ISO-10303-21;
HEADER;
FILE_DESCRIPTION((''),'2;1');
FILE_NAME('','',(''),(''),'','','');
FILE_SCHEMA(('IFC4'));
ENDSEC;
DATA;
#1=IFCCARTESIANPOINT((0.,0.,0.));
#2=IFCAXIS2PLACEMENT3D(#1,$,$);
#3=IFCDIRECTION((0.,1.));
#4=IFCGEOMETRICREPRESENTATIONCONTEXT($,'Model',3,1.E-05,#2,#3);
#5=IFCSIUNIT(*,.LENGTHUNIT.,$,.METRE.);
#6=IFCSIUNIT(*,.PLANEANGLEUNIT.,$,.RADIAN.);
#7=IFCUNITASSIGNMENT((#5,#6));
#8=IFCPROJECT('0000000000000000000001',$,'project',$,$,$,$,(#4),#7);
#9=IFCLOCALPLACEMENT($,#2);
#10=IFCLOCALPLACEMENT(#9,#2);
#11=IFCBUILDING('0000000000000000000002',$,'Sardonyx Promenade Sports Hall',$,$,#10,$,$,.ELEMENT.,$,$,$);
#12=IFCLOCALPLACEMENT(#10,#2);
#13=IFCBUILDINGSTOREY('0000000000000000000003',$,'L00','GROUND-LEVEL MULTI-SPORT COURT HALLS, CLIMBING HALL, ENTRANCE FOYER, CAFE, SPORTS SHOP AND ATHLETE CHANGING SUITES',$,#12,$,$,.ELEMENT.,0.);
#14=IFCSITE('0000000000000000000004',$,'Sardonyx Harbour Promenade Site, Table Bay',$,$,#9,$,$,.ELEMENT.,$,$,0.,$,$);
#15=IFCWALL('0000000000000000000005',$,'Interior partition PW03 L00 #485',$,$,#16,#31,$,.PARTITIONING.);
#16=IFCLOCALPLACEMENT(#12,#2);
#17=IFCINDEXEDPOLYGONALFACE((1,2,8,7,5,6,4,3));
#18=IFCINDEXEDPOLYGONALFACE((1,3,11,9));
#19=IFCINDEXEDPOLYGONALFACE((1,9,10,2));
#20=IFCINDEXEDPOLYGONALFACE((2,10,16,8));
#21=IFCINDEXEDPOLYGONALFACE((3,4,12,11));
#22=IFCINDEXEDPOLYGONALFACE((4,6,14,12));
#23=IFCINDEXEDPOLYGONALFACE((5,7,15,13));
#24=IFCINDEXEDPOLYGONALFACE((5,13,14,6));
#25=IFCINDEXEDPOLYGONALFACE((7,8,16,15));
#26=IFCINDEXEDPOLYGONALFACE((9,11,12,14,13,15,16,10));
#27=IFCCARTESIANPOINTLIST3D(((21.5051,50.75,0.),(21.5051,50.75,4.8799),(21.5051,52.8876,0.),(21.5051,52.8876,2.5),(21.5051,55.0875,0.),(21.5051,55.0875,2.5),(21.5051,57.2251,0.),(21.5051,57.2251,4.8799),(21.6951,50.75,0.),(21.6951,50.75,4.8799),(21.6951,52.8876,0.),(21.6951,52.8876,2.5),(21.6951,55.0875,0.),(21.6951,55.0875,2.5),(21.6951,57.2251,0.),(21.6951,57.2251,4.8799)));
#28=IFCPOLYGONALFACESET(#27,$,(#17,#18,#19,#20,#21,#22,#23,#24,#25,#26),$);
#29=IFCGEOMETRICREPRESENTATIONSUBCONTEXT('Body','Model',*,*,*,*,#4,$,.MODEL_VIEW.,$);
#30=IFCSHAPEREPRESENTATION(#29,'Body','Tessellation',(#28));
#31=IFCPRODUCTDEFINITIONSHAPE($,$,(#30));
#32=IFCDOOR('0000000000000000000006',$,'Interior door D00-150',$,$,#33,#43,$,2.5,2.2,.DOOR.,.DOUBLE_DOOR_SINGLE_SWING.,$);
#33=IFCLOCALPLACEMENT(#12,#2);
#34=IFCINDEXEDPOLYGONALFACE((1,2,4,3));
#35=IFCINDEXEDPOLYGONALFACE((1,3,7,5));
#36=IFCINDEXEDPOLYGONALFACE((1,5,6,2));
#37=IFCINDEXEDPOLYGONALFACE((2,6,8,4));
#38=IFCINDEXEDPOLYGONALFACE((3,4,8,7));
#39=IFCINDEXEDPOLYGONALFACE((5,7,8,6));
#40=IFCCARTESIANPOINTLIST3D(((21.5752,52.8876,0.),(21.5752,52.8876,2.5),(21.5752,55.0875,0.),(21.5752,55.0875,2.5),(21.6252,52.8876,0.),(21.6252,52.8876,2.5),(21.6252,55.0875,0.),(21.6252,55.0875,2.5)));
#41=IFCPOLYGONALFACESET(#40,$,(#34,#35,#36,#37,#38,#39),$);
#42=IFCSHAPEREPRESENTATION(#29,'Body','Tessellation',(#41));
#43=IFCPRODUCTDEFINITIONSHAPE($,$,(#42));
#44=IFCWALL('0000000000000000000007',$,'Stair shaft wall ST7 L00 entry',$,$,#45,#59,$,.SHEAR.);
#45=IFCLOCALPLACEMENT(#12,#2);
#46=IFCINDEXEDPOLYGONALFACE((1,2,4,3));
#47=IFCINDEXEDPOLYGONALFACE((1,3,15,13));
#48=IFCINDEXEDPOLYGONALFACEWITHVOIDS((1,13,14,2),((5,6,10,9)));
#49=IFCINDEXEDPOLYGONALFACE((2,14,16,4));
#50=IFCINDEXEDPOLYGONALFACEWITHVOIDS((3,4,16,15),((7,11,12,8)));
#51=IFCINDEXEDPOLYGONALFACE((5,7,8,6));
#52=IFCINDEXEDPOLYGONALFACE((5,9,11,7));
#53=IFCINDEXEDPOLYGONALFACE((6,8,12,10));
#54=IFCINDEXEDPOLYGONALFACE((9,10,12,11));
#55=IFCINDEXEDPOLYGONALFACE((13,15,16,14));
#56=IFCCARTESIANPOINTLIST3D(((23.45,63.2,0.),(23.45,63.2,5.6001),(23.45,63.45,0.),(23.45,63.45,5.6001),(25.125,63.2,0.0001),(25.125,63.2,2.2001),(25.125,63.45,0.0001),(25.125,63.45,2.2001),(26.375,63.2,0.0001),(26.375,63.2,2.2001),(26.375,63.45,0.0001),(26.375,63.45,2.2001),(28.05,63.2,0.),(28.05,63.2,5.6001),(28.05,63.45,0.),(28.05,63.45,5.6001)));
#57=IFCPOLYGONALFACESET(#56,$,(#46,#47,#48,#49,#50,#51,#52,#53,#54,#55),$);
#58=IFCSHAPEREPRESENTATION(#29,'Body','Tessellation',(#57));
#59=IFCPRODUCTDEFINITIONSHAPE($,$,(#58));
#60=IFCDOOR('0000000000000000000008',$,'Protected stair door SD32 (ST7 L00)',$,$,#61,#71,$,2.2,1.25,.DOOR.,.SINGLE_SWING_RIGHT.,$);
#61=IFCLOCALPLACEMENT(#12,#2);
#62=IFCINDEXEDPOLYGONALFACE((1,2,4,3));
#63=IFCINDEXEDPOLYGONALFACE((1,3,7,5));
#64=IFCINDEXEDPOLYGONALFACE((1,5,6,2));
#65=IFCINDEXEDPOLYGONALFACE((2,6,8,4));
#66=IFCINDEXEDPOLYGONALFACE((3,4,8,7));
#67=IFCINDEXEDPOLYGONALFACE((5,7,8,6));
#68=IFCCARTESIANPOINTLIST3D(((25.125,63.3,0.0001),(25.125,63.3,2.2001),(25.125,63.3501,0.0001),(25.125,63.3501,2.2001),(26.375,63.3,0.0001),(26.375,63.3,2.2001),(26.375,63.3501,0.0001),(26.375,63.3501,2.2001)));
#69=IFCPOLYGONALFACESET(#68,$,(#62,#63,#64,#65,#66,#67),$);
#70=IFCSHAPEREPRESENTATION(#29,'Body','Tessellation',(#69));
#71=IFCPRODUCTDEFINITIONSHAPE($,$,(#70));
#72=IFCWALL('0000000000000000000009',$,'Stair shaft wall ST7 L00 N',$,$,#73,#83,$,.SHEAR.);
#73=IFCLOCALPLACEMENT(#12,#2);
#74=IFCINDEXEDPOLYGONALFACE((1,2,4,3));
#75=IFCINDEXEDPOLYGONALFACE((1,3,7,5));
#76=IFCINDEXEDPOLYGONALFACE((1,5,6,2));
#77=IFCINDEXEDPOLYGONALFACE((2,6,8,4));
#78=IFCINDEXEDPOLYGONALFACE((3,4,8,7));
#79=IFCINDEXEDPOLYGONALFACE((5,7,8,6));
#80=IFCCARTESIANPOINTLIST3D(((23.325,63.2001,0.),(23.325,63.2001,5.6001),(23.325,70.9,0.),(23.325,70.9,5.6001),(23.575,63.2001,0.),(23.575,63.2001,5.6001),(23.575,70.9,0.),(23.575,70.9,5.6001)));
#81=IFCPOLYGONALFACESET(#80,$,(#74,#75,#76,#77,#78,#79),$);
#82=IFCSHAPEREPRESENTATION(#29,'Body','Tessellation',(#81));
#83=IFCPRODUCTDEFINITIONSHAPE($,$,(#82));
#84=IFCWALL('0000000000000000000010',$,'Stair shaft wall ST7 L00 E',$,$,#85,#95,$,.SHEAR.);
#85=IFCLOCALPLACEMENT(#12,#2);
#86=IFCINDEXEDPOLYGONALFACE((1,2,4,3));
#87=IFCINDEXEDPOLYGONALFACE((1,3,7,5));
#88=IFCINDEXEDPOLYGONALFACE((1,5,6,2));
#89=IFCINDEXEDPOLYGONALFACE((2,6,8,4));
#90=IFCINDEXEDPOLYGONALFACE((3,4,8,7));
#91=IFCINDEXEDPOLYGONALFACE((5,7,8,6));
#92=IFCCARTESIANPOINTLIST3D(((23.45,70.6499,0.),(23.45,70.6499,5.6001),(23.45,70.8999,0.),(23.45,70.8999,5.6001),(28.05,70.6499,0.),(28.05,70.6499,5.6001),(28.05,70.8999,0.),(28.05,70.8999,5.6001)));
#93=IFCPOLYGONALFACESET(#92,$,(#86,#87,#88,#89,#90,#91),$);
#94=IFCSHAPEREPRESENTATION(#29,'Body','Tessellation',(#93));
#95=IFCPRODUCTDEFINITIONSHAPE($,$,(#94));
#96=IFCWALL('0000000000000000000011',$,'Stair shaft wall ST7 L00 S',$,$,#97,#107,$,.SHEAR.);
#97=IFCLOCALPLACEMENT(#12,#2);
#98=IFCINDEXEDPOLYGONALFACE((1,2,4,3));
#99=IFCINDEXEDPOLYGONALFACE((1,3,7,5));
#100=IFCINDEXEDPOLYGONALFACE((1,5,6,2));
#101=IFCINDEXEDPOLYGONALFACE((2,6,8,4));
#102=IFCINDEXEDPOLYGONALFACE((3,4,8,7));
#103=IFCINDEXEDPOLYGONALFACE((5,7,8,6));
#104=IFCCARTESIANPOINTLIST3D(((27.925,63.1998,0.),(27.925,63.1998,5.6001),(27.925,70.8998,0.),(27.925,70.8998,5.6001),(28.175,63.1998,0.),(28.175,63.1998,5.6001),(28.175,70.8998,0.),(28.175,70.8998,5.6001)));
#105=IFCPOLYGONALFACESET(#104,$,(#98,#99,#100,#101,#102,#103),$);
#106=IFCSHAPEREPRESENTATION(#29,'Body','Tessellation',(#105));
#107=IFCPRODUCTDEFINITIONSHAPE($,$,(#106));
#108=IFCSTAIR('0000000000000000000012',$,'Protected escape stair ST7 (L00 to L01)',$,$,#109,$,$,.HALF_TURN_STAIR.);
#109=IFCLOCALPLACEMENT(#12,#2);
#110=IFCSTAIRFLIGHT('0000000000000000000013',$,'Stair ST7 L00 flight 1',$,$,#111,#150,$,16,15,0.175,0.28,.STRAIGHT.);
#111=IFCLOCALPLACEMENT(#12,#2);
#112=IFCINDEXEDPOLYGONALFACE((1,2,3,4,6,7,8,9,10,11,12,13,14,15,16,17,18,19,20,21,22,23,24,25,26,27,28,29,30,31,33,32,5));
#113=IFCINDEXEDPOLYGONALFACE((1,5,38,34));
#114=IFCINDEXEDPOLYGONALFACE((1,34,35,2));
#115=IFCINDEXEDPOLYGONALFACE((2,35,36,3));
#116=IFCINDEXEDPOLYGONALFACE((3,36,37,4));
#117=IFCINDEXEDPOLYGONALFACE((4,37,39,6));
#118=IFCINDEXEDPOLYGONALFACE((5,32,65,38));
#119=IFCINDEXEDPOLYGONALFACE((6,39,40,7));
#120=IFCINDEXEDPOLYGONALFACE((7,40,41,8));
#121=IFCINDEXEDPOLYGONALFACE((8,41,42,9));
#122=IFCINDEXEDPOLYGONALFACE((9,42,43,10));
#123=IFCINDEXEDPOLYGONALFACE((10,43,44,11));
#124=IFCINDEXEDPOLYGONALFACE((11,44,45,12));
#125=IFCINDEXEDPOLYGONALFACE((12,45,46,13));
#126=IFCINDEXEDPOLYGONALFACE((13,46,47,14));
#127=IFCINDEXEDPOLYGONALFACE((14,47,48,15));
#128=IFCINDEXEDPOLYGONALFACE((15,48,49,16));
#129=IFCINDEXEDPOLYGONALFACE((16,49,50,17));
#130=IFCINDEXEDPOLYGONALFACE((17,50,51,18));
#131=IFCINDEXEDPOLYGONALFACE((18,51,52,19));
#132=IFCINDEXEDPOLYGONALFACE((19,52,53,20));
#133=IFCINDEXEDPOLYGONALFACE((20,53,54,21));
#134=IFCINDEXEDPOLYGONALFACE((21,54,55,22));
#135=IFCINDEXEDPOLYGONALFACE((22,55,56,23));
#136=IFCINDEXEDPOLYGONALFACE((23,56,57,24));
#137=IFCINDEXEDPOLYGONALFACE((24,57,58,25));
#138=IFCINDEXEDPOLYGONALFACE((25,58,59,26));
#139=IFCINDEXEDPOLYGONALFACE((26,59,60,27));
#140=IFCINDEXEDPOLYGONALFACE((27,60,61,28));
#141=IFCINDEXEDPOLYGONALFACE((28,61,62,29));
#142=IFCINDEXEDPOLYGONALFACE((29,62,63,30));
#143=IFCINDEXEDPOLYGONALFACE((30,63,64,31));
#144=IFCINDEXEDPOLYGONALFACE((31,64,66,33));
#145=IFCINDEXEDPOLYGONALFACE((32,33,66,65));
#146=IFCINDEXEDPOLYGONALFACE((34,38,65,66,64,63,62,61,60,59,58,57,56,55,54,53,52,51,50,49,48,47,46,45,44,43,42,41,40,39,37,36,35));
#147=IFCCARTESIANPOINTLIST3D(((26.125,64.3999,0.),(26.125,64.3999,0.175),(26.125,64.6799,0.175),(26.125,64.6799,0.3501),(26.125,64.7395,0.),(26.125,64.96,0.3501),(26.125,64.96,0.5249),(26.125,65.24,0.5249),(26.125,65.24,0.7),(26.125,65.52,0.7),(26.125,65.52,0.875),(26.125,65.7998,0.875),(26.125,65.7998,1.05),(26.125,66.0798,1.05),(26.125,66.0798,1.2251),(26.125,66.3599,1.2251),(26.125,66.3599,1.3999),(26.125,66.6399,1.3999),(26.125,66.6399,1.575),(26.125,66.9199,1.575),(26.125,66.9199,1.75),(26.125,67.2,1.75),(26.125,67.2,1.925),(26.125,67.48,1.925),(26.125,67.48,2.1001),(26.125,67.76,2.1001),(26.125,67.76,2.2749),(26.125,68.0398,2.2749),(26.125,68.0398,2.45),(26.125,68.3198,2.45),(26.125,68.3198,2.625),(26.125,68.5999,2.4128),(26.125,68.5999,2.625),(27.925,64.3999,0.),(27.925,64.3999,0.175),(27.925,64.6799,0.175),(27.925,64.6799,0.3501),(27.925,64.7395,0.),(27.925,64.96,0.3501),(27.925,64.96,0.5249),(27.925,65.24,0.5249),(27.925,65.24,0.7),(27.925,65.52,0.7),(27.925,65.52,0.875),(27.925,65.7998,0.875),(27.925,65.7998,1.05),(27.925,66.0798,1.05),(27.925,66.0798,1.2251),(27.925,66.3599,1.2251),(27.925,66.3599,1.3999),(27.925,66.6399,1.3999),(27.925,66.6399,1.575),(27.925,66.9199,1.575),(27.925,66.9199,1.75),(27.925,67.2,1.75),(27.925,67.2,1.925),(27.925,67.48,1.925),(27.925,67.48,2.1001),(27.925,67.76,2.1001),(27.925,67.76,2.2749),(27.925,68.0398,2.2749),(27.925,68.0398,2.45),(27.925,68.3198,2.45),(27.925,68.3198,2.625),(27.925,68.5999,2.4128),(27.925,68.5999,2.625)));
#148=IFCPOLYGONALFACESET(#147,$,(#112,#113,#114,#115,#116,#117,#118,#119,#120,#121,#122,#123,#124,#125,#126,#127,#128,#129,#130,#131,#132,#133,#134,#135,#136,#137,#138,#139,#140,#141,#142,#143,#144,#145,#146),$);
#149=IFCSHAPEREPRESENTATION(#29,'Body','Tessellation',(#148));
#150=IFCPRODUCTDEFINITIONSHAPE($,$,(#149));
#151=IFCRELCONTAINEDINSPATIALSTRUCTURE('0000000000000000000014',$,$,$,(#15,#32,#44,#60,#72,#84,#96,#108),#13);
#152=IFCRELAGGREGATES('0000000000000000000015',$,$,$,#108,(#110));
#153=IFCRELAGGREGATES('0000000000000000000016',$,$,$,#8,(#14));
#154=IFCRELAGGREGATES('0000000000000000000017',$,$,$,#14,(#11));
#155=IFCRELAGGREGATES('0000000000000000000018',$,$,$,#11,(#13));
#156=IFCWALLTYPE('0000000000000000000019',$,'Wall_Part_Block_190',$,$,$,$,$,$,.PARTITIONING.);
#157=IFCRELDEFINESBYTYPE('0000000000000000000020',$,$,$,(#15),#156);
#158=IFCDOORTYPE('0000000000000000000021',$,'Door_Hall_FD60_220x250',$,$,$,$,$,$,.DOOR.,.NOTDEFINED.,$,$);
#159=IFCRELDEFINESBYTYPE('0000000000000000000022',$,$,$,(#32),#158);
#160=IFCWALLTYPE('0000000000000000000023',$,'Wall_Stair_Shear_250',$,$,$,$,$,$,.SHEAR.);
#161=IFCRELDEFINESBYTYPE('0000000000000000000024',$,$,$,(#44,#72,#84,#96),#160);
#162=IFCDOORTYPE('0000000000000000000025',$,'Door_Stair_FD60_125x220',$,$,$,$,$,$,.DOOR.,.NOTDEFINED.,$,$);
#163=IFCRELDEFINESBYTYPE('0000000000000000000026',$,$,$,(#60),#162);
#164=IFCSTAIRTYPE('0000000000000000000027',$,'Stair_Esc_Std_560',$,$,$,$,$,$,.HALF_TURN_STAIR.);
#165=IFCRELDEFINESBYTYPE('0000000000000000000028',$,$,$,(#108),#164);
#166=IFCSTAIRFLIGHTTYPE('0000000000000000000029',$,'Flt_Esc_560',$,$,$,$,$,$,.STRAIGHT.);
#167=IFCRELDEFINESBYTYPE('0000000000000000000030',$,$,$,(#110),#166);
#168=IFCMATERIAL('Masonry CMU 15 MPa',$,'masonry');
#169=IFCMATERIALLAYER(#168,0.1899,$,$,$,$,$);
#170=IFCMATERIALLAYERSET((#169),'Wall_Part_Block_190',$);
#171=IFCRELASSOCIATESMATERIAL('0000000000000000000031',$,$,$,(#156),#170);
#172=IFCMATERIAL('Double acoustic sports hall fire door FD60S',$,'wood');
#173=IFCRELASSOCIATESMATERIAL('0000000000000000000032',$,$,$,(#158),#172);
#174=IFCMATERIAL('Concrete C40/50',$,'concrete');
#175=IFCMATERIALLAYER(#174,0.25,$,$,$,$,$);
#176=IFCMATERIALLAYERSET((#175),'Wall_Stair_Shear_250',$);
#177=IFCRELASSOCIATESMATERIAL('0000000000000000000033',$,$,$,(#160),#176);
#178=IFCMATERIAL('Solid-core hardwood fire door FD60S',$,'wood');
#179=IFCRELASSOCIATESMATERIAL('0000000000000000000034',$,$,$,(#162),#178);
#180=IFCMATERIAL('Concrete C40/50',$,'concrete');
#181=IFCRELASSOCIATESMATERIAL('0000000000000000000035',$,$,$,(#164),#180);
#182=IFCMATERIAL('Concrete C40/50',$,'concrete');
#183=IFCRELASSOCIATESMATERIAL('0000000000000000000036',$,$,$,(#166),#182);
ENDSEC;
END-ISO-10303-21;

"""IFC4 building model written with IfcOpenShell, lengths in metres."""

from ifc_helpers import new_model, si_unit, direction, frame, frame_2d, origin, place, context, subcontext, project, spatial, polyline, rectangle, outline, extrude, material, layer, layer_set, type_object, element, fill, aggregate, save


model = new_model("IFC4")

# Units and contexts
model_context = context("Model", 3, precision=1e-05, world=origin(), true_north=direction((0.0, 1.0)))
body_context = subcontext(model_context, "Body", "Model", "MODEL_VIEW")
ifc_project = project(units=[si_unit("LENGTHUNIT", "METRE"), si_unit("PLANEANGLEUNIT", "RADIAN")], contexts=[model_context])

# Site, building, storey
site_placement = place(None, origin())
site = spatial("IfcSite", under=ifc_project, at=site_placement, Name="Sardonyx Harbour Promenade Site, Table Bay", CompositionType="ELEMENT", RefElevation=0.0)
building_placement = place(site_placement, origin())
building = spatial("IfcBuilding", under=site, at=building_placement, Name="Sardonyx Promenade Sports Hall", CompositionType="ELEMENT")
storey_placement = place(building_placement, origin())
storey = spatial("IfcBuildingStorey", under=building, at=storey_placement, Name="L00", Description="GROUND-LEVEL MULTI-SPORT COURT HALLS, CLIMBING HALL, ENTRANCE FOYER, CAFE, SPORTS SHOP AND ATHLETE CHANGING SUITES", CompositionType="ELEMENT", Elevation=0.0)

# Walls, openings, doors
ifc_material_1 = material(Name="Masonry CMU 15 MPa", Category="masonry")
ifc_layer_1 = layer(ifc_material_1, 0.1899)
ifc_layer_set_1 = layer_set([ifc_layer_1], Name="Wall_Part_Block_190")
wall_type_1 = type_object("IfcWallType", Name="Wall_Part_Block_190", PredefinedType="PARTITIONING", material=ifc_layer_set_1)
ifc_material_2 = material(Name="Double acoustic sports hall fire door FD60S", Category="wood")
door_type_1 = type_object("IfcDoorType", Name="Door_Hall_FD60_220x250", OperationType="NOTDEFINED", PredefinedType="DOOR", material=ifc_material_2)
wall_1_placement = place(storey_placement, frame((21.6001, 50.75, 0.0), z_axis=(0.0, 0.0, 1.0), x_axis=(0.0, 1.0, 0.0)))
wall_1 = element("IfcWall", 1, at=wall_1_placement, inside=storey, type_object=wall_type_1, Name="Interior partition PW03 L00 #485", PredefinedType="PARTITIONING", context=body_context, shape_type="SweptSolid", body=[
    extrude(rectangle(XDim=6.4751, YDim=0.1899, at=frame_2d((3.2375, 0.0))), origin(), (0.0, 0.0, 1.0), 4.8799),
])
opening_1_placement = place(wall_1_placement, frame((2.1375, 0.0, 0.0)))
opening_1 = element("IfcOpeningElement", 2, at=opening_1_placement, cuts=wall_1, PredefinedType="OPENING", context=body_context, shape_type="SweptSolid", body=[
    extrude(rectangle(XDim=2.2, YDim=2.5, at=frame_2d((1.1001, 1.25))), frame((0.0, 0.105, 0.0), z_axis=(0.0, -1.0, 0.0), x_axis=(1.0, 0.0, 0.0)), (0.0, 0.0, 1.0), 0.21),
])
door_1_placement = place(opening_1_placement, origin())
door_1 = element("IfcDoor", 3, at=door_1_placement, inside=storey, type_object=door_type_1, Name="Interior door D00-150", OperationType="DOUBLE_DOOR_SINGLE_SWING", OverallHeight=2.5, OverallWidth=2.2, PredefinedType="DOOR", context=body_context, shape_type="SweptSolid", body=[
    extrude(rectangle(XDim=2.2, YDim=2.5, at=frame_2d((1.1001, 1.25))), frame((0.0, 0.0249, 0.0), z_axis=(0.0, -1.0, 0.0), x_axis=(1.0, 0.0, 0.0)), (0.0, 0.0, 1.0), 0.05),
])
fill(opening_1, door_1)
ifc_material_3 = material(Name="Concrete C40/50", Category="concrete")
ifc_layer_2 = layer(ifc_material_3, 0.25)
ifc_layer_set_2 = layer_set([ifc_layer_2], Name="Wall_Stair_Shear_250")
wall_type_2 = type_object("IfcWallType", Name="Wall_Stair_Shear_250", PredefinedType="SHEAR", material=ifc_layer_set_2)
wall_2_placement = place(storey_placement, frame((28.05, 63.325, 0.0), z_axis=(0.0, 0.0, 1.0), x_axis=(-1.0, 0.0, 0.0)))
wall_2 = element("IfcWall", 4, at=wall_2_placement, inside=storey, type_object=wall_type_2, Name="Stair shaft wall ST7 L00 entry", PredefinedType="SHEAR", context=body_context, shape_type="SweptSolid", body=[
    extrude(rectangle(XDim=4.6001, YDim=0.25, at=frame_2d((2.3, 0.0))), origin(), (0.0, 0.0, 1.0), 5.6001),
])
opening_2_placement = place(wall_2_placement, frame((1.675, 0.0, 0.0)))
opening_2 = element("IfcOpeningElement", 5, at=opening_2_placement, cuts=wall_2, PredefinedType="OPENING", context=body_context, shape_type="SweptSolid", body=[
    extrude(rectangle(XDim=1.25, YDim=2.2, at=frame_2d((0.625, 1.1001))), frame((0.0, 0.135, 0.0), z_axis=(0.0, -1.0, 0.0), x_axis=(1.0, 0.0, 0.0)), (0.0, 0.0, 1.0), 0.27),
])
ifc_material_4 = material(Name="Solid-core hardwood fire door FD60S", Category="wood")
door_type_2 = type_object("IfcDoorType", Name="Door_Stair_FD60_125x220", OperationType="NOTDEFINED", PredefinedType="DOOR", material=ifc_material_4)
door_2_placement = place(opening_2_placement, origin())
door_2 = element("IfcDoor", 6, at=door_2_placement, inside=storey, type_object=door_type_2, Name="Protected stair door SD32 (ST7 L00)", OperationType="SINGLE_SWING_RIGHT", OverallHeight=2.2, OverallWidth=1.25, PredefinedType="DOOR", context=body_context, shape_type="SweptSolid", body=[
    extrude(rectangle(XDim=1.25, YDim=2.2, at=frame_2d((0.625, 1.1001))), frame((0.0, 0.0249, 0.0), z_axis=(0.0, -1.0, 0.0), x_axis=(1.0, 0.0, 0.0)), (0.0, 0.0, 1.0), 0.05),
])
fill(opening_2, door_2)

# Walls
wall_3_placement = place(storey_placement, frame((23.45, 63.2, 0.0), z_axis=(0.0, 0.0, 1.0), x_axis=(0.0, 1.0, 0.0)))
element("IfcWall", 7, at=wall_3_placement, inside=storey, type_object=wall_type_2, Name="Stair shaft wall ST7 L00 N", PredefinedType="SHEAR", context=body_context, shape_type="SweptSolid", body=[
    extrude(rectangle(XDim=7.7, YDim=0.25, at=frame_2d((3.8501, 0.0))), origin(), (0.0, 0.0, 1.0), 5.6001),
])
wall_4_placement = place(storey_placement, frame((23.45, 70.7749, 0.0), z_axis=(0.0, 0.0, 1.0), x_axis=(1.0, 0.0, 0.0)))
element("IfcWall", 8, at=wall_4_placement, inside=storey, type_object=wall_type_2, Name="Stair shaft wall ST7 L00 E", PredefinedType="SHEAR", context=body_context, shape_type="SweptSolid", body=[
    extrude(rectangle(XDim=4.6001, YDim=0.25, at=frame_2d((2.3, 0.0))), origin(), (0.0, 0.0, 1.0), 5.6001),
])
wall_5_placement = place(storey_placement, frame((28.05, 70.8999, 0.0), z_axis=(0.0, 0.0, 1.0), x_axis=(0.0, -1.0, 0.0)))
element("IfcWall", 9, at=wall_5_placement, inside=storey, type_object=wall_type_2, Name="Stair shaft wall ST7 L00 S", PredefinedType="SHEAR", context=body_context, shape_type="SweptSolid", body=[
    extrude(rectangle(XDim=7.7, YDim=0.25, at=frame_2d((3.8501, 0.0))), origin(), (0.0, 0.0, 1.0), 5.6001),
])

# Stair, stair flight
ifc_material_5 = material(Name="Concrete C40/50", Category="concrete")
stair_type = type_object("IfcStairType", Name="Stair_Esc_Std_560", PredefinedType="HALF_TURN_STAIR", material=ifc_material_5)
stair_placement = place(storey_placement, origin())
stair = element("IfcStair", 10, at=stair_placement, inside=storey, type_object=stair_type, Name="Protected escape stair ST7 (L00 to L01)", PredefinedType="HALF_TURN_STAIR")
ifc_material_6 = material(Name="Concrete C40/50", Category="concrete")
stair_flight_type = type_object("IfcStairFlightType", Name="Flt_Esc_560", PredefinedType="STRAIGHT", material=ifc_material_6)
stair_flight_1_placement = place(storey_placement, frame((27.0249, 64.3999, 0.0), z_axis=(0.0, 0.0, 1.0), x_axis=(0.0, 1.0, 0.0)))
stair_flight_1 = element("IfcStairFlight", 11, at=stair_flight_1_placement, type_object=stair_flight_type, Name="Stair ST7 L00 flight 1", NumberOfRisers=16, NumberOfTreads=15, PredefinedType="STRAIGHT", RiserHeight=0.175, TreadLength=0.28, context=body_context, shape_type="SweptSolid", body=[
    extrude(outline(polyline([(0.0, 0.0), (0.0, 0.175), (0.28, 0.175), (0.28, 0.3501), (0.5601, 0.3501), (0.5601, 0.5249), (0.8401, 0.5249), (0.8401, 0.7), (1.1201, 0.7), (1.1201, 0.875), (1.3999, 0.875), (1.3999, 1.05), (1.6799, 1.05), (1.6799, 1.2251), (1.96, 1.2251), (1.96, 1.3999), (2.24, 1.3999), (2.24, 1.575), (2.52, 1.575), (2.52, 1.75), (2.8, 1.75), (2.8, 1.925), (3.0801, 1.925), (3.0801, 2.1001), (3.3601, 2.1001), (3.3601, 2.2749), (3.6399, 2.2749), (3.6399, 2.45), (3.9199, 2.45), (3.9199, 2.625), (4.2, 2.625), (4.2, 2.8), (4.2, 2.4128), (0.3396, 0.0), (0.0, 0.0)])), frame((0.0, 0.8999, 0.0), z_axis=(0.0, -1.0, 0.0), x_axis=(1.0, 0.0, 0.0)), (0.0, 0.0, 1.0), 1.8),
])
aggregate(stair, [stair_flight_1])

save(model, "model.ifc")
